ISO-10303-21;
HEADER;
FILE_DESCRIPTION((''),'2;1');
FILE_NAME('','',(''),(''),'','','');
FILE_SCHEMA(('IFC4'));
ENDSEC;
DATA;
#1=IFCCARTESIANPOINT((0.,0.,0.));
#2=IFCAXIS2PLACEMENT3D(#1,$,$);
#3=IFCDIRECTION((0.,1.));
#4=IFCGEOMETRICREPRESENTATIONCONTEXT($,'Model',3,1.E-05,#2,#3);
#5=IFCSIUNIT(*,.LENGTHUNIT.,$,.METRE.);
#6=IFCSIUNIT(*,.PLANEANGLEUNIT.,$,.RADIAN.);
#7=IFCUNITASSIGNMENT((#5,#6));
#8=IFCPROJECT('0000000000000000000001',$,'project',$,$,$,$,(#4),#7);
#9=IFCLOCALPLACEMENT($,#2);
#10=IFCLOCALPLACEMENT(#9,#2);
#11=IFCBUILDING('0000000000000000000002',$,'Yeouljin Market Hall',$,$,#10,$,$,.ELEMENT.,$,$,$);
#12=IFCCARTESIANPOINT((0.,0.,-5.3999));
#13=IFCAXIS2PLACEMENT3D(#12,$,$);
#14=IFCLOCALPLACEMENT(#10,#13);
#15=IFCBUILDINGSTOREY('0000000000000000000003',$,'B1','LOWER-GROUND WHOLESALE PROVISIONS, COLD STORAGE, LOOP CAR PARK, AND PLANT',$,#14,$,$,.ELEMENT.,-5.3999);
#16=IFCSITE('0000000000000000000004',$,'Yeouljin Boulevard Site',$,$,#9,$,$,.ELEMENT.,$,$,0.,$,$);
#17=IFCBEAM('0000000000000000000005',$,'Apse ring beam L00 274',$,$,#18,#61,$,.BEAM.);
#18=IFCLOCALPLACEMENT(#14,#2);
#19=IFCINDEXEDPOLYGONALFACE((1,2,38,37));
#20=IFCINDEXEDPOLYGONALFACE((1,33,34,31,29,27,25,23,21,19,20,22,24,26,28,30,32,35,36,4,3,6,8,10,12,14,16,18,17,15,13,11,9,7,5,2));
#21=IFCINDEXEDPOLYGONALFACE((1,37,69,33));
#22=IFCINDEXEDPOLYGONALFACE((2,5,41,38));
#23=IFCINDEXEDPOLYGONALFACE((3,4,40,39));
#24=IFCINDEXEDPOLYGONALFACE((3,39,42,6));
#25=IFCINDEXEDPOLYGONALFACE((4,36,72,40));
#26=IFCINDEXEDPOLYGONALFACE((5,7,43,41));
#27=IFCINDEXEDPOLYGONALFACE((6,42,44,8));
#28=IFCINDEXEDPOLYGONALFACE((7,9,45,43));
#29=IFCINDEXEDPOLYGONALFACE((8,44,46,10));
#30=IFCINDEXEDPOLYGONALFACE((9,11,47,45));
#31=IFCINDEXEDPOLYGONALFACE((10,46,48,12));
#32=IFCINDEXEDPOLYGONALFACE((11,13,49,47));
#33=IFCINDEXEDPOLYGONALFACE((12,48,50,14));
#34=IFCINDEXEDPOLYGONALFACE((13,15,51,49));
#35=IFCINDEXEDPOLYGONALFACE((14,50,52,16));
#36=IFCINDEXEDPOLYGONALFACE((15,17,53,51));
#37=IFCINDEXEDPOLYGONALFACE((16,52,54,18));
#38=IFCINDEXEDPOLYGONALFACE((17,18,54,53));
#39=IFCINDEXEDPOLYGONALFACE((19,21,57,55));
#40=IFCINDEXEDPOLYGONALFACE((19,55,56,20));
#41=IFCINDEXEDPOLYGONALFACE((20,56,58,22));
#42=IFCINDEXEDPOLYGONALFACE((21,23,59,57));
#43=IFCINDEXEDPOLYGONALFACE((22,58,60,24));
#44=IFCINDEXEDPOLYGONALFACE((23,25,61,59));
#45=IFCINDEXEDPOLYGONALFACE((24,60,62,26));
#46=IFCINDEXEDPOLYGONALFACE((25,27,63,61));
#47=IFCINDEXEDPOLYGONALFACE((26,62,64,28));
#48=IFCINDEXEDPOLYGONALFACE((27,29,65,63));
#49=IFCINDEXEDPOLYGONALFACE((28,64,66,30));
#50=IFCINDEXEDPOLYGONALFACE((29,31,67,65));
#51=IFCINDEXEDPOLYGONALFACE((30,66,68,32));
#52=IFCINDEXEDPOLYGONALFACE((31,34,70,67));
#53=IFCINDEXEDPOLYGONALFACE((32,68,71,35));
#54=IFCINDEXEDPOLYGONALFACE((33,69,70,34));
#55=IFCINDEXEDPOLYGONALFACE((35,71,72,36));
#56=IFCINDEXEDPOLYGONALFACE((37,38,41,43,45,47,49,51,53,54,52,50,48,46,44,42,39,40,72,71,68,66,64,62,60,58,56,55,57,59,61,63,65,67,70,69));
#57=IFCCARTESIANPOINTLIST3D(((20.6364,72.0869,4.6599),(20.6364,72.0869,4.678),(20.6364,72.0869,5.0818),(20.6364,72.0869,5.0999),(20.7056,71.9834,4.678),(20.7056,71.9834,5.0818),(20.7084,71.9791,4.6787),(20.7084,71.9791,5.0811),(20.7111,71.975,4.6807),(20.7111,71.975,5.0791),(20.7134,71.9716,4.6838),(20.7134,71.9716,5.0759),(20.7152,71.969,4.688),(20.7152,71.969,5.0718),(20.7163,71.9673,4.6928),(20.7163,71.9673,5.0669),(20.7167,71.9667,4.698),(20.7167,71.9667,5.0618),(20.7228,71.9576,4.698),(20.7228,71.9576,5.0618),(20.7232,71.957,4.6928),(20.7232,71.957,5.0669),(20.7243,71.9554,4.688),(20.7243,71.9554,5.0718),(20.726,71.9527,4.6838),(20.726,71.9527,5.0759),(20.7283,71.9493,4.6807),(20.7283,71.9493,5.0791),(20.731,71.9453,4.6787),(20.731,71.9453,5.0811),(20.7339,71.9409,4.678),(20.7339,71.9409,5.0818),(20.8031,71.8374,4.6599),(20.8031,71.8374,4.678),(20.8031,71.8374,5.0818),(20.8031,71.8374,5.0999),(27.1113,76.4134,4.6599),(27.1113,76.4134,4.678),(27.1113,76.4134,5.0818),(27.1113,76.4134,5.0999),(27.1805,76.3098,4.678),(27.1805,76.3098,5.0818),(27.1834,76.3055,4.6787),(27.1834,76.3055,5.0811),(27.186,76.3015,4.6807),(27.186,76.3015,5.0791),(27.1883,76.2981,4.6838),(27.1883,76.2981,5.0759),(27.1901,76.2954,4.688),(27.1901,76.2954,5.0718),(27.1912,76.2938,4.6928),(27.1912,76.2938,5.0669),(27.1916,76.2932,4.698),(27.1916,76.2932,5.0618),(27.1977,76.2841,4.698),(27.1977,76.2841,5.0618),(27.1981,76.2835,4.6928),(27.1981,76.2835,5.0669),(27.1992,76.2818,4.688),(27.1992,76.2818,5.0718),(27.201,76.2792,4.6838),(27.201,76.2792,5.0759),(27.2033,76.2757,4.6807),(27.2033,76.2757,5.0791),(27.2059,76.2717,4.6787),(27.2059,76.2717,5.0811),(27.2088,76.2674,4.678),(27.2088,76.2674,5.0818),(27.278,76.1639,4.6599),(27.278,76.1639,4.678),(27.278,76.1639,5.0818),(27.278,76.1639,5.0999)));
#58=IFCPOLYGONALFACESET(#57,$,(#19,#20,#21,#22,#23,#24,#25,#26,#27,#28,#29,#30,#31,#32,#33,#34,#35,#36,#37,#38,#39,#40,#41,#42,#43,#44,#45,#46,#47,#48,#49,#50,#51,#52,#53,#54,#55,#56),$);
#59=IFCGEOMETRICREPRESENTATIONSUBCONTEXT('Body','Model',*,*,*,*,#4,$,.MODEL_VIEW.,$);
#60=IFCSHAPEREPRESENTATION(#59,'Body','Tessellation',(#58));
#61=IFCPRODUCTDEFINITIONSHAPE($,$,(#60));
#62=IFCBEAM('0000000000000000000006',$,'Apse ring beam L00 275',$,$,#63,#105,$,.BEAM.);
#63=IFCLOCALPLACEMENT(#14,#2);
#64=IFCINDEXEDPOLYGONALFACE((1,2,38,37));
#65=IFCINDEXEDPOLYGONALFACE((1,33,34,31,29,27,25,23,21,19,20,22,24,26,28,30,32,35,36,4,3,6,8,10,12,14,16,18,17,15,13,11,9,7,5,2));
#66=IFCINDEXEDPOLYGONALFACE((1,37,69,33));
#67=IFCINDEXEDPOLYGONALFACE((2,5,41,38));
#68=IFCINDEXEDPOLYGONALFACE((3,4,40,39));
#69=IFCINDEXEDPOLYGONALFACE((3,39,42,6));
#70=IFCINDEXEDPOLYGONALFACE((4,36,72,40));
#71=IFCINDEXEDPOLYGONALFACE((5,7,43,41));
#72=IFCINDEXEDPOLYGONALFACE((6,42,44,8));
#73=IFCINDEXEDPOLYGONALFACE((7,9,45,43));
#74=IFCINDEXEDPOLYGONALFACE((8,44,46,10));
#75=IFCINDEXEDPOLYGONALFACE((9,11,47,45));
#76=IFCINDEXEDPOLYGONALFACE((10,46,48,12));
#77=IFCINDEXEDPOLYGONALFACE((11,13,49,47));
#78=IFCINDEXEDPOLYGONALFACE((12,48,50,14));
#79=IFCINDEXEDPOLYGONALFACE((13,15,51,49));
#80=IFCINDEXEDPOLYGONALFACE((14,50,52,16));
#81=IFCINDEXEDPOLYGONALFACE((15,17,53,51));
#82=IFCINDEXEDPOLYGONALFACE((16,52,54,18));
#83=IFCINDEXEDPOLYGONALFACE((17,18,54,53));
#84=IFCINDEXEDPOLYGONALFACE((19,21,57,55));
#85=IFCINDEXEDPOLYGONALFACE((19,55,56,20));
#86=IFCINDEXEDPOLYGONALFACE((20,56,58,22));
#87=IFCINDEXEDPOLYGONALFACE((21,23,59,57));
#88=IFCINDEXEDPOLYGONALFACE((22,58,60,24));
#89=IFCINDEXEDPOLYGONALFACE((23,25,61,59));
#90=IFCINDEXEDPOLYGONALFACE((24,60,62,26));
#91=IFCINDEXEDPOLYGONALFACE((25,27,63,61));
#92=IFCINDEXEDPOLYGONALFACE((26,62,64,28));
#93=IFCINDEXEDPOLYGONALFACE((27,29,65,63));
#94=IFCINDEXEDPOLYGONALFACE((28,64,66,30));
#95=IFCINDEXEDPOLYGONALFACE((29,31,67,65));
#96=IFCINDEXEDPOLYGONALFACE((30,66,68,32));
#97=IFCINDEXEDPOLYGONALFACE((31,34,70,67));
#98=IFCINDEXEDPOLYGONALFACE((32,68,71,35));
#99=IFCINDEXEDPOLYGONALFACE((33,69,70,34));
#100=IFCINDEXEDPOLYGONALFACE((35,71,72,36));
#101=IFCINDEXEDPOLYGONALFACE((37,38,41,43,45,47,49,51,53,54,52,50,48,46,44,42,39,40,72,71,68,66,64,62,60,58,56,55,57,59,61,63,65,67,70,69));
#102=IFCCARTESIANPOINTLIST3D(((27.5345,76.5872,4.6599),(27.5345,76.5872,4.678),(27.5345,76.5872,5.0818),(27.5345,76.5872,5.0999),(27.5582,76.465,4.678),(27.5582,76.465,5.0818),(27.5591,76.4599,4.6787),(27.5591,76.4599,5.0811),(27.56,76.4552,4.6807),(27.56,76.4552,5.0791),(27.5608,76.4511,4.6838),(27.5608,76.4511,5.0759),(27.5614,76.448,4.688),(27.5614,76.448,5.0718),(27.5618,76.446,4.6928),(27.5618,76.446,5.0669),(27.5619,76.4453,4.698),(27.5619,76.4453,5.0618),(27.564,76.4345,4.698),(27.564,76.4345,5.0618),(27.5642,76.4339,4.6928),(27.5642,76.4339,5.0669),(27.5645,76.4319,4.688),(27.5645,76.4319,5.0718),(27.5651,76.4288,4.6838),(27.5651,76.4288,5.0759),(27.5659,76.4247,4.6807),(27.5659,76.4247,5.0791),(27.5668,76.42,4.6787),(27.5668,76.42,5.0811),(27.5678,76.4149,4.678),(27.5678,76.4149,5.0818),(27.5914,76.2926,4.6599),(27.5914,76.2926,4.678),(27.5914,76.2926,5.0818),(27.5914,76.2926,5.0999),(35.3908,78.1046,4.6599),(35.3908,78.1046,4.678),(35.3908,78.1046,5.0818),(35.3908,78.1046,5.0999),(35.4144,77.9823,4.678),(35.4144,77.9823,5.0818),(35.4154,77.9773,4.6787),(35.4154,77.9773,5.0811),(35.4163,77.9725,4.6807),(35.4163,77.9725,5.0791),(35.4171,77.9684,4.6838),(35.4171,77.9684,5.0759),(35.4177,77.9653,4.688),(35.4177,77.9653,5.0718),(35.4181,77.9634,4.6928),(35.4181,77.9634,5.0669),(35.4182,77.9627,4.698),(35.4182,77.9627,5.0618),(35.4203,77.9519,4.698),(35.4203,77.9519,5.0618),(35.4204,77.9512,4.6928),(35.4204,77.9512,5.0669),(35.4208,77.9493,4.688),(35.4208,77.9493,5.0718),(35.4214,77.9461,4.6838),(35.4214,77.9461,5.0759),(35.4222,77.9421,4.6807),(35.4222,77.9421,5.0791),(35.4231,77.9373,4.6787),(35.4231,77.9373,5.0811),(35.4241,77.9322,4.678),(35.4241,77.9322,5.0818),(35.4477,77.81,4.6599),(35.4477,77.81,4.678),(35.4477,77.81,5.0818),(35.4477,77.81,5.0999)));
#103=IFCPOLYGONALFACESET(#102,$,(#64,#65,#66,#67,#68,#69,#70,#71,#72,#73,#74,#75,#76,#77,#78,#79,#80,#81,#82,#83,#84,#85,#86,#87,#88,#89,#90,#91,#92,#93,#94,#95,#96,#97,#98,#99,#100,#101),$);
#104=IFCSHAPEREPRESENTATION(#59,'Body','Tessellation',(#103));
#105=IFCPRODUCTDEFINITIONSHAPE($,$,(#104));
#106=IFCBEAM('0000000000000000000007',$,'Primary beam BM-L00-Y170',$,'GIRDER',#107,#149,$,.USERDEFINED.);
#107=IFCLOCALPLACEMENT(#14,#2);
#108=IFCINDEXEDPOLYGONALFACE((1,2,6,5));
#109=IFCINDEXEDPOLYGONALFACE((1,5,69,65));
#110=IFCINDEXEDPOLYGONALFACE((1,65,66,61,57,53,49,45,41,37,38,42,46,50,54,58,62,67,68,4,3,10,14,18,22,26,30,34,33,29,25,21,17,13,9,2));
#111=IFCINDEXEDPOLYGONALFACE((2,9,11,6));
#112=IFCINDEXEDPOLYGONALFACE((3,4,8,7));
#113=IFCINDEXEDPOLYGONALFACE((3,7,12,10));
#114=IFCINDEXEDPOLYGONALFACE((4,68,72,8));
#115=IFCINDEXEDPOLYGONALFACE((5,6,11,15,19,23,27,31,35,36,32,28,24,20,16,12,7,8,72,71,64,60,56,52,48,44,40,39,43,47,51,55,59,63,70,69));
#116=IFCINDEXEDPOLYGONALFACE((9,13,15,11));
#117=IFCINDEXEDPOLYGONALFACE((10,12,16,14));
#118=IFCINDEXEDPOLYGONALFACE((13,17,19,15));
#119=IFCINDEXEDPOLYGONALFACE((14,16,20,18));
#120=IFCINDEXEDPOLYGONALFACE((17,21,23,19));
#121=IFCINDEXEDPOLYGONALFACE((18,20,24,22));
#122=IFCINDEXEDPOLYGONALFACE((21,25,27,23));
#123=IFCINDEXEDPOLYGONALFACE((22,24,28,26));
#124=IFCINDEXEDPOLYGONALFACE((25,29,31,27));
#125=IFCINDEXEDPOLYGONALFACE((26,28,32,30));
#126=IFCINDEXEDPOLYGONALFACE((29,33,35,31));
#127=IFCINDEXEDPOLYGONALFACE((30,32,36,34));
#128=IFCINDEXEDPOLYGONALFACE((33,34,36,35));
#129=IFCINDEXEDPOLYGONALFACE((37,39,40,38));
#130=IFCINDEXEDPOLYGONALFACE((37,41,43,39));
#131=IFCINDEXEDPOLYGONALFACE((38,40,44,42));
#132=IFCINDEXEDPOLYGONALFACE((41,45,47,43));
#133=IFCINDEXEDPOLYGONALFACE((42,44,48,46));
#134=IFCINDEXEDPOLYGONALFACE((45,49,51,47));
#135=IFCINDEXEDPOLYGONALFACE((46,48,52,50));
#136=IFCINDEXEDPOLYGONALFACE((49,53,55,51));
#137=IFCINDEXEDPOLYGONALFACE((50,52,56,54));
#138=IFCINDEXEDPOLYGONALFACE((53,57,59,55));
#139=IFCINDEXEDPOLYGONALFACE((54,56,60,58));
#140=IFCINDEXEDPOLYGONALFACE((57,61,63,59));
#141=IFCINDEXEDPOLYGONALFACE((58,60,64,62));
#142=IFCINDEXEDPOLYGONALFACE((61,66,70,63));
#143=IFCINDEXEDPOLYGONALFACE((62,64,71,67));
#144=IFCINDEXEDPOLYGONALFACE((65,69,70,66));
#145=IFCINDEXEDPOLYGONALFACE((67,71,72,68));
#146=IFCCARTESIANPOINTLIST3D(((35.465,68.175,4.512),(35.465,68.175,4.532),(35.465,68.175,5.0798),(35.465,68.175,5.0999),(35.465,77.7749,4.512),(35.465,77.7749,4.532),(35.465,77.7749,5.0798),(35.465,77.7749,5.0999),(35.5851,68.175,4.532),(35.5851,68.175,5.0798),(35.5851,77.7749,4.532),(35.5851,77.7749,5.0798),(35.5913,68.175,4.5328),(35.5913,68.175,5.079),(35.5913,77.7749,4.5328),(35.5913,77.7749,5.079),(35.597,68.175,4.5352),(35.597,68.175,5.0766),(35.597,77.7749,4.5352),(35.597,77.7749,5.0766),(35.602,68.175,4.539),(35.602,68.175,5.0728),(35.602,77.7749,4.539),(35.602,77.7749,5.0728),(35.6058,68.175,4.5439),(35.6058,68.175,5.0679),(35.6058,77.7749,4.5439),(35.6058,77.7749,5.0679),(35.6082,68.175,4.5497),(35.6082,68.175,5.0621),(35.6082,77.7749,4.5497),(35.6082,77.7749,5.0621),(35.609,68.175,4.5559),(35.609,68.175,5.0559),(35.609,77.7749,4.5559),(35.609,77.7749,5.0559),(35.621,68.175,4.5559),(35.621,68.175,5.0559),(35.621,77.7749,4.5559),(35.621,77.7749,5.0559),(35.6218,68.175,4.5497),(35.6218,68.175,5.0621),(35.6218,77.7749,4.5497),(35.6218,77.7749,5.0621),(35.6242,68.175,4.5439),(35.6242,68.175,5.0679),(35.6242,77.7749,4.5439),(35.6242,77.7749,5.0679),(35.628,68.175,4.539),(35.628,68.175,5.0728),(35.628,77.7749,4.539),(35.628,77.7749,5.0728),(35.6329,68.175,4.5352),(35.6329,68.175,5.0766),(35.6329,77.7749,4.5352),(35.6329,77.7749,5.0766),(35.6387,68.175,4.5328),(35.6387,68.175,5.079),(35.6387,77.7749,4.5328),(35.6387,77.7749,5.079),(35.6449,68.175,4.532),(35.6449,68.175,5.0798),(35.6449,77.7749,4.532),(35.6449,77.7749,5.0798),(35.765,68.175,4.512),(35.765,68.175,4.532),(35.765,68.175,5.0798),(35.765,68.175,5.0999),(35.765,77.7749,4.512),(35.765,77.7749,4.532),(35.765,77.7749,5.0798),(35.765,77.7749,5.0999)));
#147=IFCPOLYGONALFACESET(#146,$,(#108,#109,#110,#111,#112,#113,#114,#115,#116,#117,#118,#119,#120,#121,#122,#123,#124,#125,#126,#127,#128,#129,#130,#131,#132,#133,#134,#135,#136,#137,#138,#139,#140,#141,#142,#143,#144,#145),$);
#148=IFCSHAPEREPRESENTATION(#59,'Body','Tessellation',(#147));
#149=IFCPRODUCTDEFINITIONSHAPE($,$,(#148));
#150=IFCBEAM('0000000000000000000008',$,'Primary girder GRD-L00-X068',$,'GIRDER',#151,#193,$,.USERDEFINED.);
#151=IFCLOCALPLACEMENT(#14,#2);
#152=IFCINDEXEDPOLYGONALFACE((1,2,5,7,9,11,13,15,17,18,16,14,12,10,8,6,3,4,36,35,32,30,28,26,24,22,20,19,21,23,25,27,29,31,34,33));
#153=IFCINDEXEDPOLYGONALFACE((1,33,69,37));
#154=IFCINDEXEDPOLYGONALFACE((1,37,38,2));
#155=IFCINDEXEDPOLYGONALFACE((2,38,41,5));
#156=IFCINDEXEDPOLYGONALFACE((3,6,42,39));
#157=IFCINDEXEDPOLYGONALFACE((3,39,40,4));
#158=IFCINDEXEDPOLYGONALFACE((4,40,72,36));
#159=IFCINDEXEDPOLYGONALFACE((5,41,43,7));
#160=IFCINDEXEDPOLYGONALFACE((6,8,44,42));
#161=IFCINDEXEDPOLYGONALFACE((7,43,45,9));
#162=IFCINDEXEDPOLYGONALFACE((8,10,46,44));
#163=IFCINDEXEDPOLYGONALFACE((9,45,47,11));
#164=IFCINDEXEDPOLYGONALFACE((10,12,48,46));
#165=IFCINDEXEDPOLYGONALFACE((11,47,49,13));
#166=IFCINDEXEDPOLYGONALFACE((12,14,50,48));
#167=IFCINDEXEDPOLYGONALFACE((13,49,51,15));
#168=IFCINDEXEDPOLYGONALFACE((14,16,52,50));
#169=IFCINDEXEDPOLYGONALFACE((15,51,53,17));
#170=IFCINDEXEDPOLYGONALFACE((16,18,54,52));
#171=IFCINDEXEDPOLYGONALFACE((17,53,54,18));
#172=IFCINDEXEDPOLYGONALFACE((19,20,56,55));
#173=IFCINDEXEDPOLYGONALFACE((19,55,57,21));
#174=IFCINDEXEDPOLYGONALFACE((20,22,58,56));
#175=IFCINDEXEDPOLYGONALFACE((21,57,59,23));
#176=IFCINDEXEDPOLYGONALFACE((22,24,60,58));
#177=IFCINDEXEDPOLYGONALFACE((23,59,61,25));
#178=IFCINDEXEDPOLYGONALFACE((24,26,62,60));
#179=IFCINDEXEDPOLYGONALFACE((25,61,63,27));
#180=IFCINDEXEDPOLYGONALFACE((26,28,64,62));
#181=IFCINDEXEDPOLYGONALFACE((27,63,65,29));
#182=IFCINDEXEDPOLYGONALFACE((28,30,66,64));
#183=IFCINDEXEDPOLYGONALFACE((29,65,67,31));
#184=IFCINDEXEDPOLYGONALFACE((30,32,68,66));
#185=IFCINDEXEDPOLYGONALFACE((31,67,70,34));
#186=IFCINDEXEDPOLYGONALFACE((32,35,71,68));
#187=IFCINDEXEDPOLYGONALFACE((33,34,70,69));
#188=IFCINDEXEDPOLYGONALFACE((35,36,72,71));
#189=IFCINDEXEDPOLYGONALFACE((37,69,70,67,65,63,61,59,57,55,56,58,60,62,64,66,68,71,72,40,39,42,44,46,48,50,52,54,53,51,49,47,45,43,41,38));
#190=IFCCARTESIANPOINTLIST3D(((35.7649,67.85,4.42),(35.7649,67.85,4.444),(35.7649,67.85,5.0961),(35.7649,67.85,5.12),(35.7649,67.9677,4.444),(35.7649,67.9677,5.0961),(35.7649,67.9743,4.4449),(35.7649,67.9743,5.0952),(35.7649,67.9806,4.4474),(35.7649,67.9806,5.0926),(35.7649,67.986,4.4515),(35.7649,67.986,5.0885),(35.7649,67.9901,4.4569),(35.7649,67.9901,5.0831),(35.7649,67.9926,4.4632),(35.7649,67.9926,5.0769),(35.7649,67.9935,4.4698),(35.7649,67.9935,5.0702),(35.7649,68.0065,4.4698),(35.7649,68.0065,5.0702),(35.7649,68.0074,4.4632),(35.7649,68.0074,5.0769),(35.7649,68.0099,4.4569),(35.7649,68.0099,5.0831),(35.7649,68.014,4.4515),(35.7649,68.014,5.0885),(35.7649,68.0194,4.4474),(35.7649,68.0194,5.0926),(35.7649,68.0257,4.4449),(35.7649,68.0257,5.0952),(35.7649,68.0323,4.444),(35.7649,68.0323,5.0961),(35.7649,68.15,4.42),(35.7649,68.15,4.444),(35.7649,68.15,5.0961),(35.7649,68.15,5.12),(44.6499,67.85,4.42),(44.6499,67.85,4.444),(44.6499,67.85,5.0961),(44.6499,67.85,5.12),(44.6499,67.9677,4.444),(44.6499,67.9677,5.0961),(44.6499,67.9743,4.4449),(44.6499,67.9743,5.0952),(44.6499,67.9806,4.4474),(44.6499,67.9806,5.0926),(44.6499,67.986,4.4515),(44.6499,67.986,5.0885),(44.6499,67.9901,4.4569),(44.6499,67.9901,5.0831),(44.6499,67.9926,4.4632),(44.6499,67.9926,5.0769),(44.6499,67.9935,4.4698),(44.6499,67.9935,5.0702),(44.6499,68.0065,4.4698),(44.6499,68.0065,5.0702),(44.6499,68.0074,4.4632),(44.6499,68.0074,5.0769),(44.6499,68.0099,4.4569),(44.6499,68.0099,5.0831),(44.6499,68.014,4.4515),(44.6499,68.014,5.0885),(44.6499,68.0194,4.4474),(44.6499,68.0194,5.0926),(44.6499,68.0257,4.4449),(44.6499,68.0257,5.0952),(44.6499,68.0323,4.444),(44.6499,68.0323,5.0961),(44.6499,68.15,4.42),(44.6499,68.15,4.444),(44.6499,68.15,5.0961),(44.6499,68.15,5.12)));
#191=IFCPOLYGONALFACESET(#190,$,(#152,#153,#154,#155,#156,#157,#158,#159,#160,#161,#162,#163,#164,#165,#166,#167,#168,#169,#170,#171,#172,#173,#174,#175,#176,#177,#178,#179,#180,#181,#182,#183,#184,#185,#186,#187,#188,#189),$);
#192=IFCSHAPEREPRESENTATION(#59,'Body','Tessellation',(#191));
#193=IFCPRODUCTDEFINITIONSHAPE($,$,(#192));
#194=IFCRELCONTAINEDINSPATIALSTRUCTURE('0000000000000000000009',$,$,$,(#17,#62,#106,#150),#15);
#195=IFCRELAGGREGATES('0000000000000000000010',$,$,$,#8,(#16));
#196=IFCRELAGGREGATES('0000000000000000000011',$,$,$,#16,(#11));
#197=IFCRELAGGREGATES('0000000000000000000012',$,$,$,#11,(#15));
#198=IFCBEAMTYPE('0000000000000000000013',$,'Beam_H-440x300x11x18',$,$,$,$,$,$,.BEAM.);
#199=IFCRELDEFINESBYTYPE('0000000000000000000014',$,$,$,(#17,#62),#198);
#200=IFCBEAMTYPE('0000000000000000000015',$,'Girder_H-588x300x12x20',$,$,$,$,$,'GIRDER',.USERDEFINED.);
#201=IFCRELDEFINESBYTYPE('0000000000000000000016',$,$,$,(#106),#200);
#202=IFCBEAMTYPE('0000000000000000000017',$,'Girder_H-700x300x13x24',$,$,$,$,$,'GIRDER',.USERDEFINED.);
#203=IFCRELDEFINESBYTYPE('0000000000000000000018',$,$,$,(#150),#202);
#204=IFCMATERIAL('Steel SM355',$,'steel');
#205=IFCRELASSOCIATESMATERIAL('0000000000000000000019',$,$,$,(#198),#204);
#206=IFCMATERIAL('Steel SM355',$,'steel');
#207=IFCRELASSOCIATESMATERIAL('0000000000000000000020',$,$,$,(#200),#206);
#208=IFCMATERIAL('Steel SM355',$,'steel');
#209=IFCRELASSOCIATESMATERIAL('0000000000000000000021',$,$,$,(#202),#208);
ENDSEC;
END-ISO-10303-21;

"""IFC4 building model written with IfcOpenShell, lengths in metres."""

from ifc_helpers import new_model, si_unit, direction, frame, origin, origin_2d, place, context, subcontext, project, spatial, i_section, extrude, material, material_profile, profile_set, type_object, element, save


model = new_model("IFC4")

# Units and contexts
model_context = context("Model", 3, precision=1e-05, world=origin(), true_north=direction((0.0, 1.0)))
body_context = subcontext(model_context, "Body", "Model", "MODEL_VIEW")
ifc_project = project(units=[si_unit("LENGTHUNIT", "METRE"), si_unit("PLANEANGLEUNIT", "RADIAN")], contexts=[model_context])

# Site, building, storey
site_placement = place(None, origin())
site = spatial("IfcSite", under=ifc_project, at=site_placement, Name="Yeouljin Boulevard Site", CompositionType="ELEMENT", RefElevation=0.0)
building_placement = place(site_placement, origin())
building = spatial("IfcBuilding", under=site, at=building_placement, Name="Yeouljin Market Hall", CompositionType="ELEMENT")
storey_placement = place(building_placement, frame((0.0, 0.0, -5.3999)))
storey = spatial("IfcBuildingStorey", under=building, at=storey_placement, Name="B1", Description="LOWER-GROUND WHOLESALE PROVISIONS, COLD STORAGE, LOOP CAR PARK, AND PLANT", CompositionType="ELEMENT", Elevation=-5.3999)

# Beams
ifc_material_1 = material(Name="Steel SM355", Category="steel")
ifc_material_profile_1 = material_profile(ifc_material_1, i_section(OverallWidth=0.3, OverallDepth=0.4399, WebThickness=0.011, FlangeThickness=0.0181, FilletRadius=0.02, at=origin_2d()), Name="H-440x300x11x18")
ifc_profile_set_1 = profile_set([ifc_material_profile_1], Name="Steel SM355")
beam_type_1 = type_object("IfcBeamType", Name="Beam_H-440x300x11x18", PredefinedType="BEAM", material=ifc_profile_set_1)
beam_1_placement = place(storey_placement, frame((20.7197, 71.9622, 4.8799), z_axis=(0.831466, 0.555575, 0.0), x_axis=(-0.555575, 0.831466, 0.0)))
element("IfcBeam", 1, at=beam_1_placement, inside=storey, type_object=beam_type_1, Name="Apse ring beam L00 274", PredefinedType="BEAM", context=body_context, shape_type="SweptSolid", body=[
    extrude(i_section(OverallWidth=0.3, OverallDepth=0.4399, WebThickness=0.011, FlangeThickness=0.0181, FilletRadius=0.02, at=origin_2d()), origin(), (0.0, 0.0, 1.0), 7.7874),
])
beam_2_placement = place(storey_placement, frame((27.563, 76.4399, 4.8799), z_axis=(0.981855, 0.189634, 0.0), x_axis=(-0.189634, 0.981855, 0.0)))
element("IfcBeam", 2, at=beam_2_placement, inside=storey, type_object=beam_type_1, Name="Apse ring beam L00 275", PredefinedType="BEAM", context=body_context, shape_type="SweptSolid", body=[
    extrude(i_section(OverallWidth=0.3, OverallDepth=0.4399, WebThickness=0.011, FlangeThickness=0.0181, FilletRadius=0.02, at=origin_2d()), origin(), (0.0, 0.0, 1.0), 8.0015),
])
ifc_material_2 = material(Name="Steel SM355", Category="steel")
ifc_material_profile_2 = material_profile(ifc_material_2, i_section(OverallWidth=0.3, OverallDepth=0.5879, WebThickness=0.012, FlangeThickness=0.02, FilletRadius=0.0239, at=origin_2d()), Name="H-588x300x12x20")
ifc_profile_set_2 = profile_set([ifc_material_profile_2], Name="Steel SM355")
beam_type_2 = type_object("IfcBeamType", Name="Girder_H-588x300x12x20", ElementType="GIRDER", PredefinedType="USERDEFINED", material=ifc_profile_set_2)
beam_3_placement = place(storey_placement, frame((35.615, 68.175, 4.8059), z_axis=(0.0, 1.0, 0.0), x_axis=(-1.0, 0.0, 0.0)))
element("IfcBeam", 3, at=beam_3_placement, inside=storey, type_object=beam_type_2, Name="Primary beam BM-L00-Y170", ObjectType="GIRDER", PredefinedType="USERDEFINED", context=body_context, shape_type="SweptSolid", body=[
    extrude(i_section(OverallWidth=0.3, OverallDepth=0.5879, WebThickness=0.012, FlangeThickness=0.02, FilletRadius=0.0239, at=origin_2d()), origin(), (0.0, 0.0, 1.0), 9.5999),
])
ifc_material_3 = material(Name="Steel SM355", Category="steel")
ifc_material_profile_3 = material_profile(ifc_material_3, i_section(OverallWidth=0.3, OverallDepth=0.7, WebThickness=0.0129, FlangeThickness=0.0239, FilletRadius=0.0259, at=origin_2d()), Name="H-700x300x13x24")
ifc_profile_set_3 = profile_set([ifc_material_profile_3], Name="Steel SM355")
beam_type_3 = type_object("IfcBeamType", Name="Girder_H-700x300x13x24", ElementType="GIRDER", PredefinedType="USERDEFINED", material=ifc_profile_set_3)
beam_4_placement = place(storey_placement, frame((35.7649, 68.0, 4.77), z_axis=(1.0, 0.0, 0.0), x_axis=(0.0, 1.0, 0.0)))
element("IfcBeam", 4, at=beam_4_placement, inside=storey, type_object=beam_type_3, Name="Primary girder GRD-L00-X068", ObjectType="GIRDER", PredefinedType="USERDEFINED", context=body_context, shape_type="SweptSolid", body=[
    extrude(i_section(OverallWidth=0.3, OverallDepth=0.7, WebThickness=0.0129, FlangeThickness=0.0239, FilletRadius=0.0259, at=origin_2d()), origin(), (0.0, 0.0, 1.0), 8.885),
])

save(model, "model.ifc")
